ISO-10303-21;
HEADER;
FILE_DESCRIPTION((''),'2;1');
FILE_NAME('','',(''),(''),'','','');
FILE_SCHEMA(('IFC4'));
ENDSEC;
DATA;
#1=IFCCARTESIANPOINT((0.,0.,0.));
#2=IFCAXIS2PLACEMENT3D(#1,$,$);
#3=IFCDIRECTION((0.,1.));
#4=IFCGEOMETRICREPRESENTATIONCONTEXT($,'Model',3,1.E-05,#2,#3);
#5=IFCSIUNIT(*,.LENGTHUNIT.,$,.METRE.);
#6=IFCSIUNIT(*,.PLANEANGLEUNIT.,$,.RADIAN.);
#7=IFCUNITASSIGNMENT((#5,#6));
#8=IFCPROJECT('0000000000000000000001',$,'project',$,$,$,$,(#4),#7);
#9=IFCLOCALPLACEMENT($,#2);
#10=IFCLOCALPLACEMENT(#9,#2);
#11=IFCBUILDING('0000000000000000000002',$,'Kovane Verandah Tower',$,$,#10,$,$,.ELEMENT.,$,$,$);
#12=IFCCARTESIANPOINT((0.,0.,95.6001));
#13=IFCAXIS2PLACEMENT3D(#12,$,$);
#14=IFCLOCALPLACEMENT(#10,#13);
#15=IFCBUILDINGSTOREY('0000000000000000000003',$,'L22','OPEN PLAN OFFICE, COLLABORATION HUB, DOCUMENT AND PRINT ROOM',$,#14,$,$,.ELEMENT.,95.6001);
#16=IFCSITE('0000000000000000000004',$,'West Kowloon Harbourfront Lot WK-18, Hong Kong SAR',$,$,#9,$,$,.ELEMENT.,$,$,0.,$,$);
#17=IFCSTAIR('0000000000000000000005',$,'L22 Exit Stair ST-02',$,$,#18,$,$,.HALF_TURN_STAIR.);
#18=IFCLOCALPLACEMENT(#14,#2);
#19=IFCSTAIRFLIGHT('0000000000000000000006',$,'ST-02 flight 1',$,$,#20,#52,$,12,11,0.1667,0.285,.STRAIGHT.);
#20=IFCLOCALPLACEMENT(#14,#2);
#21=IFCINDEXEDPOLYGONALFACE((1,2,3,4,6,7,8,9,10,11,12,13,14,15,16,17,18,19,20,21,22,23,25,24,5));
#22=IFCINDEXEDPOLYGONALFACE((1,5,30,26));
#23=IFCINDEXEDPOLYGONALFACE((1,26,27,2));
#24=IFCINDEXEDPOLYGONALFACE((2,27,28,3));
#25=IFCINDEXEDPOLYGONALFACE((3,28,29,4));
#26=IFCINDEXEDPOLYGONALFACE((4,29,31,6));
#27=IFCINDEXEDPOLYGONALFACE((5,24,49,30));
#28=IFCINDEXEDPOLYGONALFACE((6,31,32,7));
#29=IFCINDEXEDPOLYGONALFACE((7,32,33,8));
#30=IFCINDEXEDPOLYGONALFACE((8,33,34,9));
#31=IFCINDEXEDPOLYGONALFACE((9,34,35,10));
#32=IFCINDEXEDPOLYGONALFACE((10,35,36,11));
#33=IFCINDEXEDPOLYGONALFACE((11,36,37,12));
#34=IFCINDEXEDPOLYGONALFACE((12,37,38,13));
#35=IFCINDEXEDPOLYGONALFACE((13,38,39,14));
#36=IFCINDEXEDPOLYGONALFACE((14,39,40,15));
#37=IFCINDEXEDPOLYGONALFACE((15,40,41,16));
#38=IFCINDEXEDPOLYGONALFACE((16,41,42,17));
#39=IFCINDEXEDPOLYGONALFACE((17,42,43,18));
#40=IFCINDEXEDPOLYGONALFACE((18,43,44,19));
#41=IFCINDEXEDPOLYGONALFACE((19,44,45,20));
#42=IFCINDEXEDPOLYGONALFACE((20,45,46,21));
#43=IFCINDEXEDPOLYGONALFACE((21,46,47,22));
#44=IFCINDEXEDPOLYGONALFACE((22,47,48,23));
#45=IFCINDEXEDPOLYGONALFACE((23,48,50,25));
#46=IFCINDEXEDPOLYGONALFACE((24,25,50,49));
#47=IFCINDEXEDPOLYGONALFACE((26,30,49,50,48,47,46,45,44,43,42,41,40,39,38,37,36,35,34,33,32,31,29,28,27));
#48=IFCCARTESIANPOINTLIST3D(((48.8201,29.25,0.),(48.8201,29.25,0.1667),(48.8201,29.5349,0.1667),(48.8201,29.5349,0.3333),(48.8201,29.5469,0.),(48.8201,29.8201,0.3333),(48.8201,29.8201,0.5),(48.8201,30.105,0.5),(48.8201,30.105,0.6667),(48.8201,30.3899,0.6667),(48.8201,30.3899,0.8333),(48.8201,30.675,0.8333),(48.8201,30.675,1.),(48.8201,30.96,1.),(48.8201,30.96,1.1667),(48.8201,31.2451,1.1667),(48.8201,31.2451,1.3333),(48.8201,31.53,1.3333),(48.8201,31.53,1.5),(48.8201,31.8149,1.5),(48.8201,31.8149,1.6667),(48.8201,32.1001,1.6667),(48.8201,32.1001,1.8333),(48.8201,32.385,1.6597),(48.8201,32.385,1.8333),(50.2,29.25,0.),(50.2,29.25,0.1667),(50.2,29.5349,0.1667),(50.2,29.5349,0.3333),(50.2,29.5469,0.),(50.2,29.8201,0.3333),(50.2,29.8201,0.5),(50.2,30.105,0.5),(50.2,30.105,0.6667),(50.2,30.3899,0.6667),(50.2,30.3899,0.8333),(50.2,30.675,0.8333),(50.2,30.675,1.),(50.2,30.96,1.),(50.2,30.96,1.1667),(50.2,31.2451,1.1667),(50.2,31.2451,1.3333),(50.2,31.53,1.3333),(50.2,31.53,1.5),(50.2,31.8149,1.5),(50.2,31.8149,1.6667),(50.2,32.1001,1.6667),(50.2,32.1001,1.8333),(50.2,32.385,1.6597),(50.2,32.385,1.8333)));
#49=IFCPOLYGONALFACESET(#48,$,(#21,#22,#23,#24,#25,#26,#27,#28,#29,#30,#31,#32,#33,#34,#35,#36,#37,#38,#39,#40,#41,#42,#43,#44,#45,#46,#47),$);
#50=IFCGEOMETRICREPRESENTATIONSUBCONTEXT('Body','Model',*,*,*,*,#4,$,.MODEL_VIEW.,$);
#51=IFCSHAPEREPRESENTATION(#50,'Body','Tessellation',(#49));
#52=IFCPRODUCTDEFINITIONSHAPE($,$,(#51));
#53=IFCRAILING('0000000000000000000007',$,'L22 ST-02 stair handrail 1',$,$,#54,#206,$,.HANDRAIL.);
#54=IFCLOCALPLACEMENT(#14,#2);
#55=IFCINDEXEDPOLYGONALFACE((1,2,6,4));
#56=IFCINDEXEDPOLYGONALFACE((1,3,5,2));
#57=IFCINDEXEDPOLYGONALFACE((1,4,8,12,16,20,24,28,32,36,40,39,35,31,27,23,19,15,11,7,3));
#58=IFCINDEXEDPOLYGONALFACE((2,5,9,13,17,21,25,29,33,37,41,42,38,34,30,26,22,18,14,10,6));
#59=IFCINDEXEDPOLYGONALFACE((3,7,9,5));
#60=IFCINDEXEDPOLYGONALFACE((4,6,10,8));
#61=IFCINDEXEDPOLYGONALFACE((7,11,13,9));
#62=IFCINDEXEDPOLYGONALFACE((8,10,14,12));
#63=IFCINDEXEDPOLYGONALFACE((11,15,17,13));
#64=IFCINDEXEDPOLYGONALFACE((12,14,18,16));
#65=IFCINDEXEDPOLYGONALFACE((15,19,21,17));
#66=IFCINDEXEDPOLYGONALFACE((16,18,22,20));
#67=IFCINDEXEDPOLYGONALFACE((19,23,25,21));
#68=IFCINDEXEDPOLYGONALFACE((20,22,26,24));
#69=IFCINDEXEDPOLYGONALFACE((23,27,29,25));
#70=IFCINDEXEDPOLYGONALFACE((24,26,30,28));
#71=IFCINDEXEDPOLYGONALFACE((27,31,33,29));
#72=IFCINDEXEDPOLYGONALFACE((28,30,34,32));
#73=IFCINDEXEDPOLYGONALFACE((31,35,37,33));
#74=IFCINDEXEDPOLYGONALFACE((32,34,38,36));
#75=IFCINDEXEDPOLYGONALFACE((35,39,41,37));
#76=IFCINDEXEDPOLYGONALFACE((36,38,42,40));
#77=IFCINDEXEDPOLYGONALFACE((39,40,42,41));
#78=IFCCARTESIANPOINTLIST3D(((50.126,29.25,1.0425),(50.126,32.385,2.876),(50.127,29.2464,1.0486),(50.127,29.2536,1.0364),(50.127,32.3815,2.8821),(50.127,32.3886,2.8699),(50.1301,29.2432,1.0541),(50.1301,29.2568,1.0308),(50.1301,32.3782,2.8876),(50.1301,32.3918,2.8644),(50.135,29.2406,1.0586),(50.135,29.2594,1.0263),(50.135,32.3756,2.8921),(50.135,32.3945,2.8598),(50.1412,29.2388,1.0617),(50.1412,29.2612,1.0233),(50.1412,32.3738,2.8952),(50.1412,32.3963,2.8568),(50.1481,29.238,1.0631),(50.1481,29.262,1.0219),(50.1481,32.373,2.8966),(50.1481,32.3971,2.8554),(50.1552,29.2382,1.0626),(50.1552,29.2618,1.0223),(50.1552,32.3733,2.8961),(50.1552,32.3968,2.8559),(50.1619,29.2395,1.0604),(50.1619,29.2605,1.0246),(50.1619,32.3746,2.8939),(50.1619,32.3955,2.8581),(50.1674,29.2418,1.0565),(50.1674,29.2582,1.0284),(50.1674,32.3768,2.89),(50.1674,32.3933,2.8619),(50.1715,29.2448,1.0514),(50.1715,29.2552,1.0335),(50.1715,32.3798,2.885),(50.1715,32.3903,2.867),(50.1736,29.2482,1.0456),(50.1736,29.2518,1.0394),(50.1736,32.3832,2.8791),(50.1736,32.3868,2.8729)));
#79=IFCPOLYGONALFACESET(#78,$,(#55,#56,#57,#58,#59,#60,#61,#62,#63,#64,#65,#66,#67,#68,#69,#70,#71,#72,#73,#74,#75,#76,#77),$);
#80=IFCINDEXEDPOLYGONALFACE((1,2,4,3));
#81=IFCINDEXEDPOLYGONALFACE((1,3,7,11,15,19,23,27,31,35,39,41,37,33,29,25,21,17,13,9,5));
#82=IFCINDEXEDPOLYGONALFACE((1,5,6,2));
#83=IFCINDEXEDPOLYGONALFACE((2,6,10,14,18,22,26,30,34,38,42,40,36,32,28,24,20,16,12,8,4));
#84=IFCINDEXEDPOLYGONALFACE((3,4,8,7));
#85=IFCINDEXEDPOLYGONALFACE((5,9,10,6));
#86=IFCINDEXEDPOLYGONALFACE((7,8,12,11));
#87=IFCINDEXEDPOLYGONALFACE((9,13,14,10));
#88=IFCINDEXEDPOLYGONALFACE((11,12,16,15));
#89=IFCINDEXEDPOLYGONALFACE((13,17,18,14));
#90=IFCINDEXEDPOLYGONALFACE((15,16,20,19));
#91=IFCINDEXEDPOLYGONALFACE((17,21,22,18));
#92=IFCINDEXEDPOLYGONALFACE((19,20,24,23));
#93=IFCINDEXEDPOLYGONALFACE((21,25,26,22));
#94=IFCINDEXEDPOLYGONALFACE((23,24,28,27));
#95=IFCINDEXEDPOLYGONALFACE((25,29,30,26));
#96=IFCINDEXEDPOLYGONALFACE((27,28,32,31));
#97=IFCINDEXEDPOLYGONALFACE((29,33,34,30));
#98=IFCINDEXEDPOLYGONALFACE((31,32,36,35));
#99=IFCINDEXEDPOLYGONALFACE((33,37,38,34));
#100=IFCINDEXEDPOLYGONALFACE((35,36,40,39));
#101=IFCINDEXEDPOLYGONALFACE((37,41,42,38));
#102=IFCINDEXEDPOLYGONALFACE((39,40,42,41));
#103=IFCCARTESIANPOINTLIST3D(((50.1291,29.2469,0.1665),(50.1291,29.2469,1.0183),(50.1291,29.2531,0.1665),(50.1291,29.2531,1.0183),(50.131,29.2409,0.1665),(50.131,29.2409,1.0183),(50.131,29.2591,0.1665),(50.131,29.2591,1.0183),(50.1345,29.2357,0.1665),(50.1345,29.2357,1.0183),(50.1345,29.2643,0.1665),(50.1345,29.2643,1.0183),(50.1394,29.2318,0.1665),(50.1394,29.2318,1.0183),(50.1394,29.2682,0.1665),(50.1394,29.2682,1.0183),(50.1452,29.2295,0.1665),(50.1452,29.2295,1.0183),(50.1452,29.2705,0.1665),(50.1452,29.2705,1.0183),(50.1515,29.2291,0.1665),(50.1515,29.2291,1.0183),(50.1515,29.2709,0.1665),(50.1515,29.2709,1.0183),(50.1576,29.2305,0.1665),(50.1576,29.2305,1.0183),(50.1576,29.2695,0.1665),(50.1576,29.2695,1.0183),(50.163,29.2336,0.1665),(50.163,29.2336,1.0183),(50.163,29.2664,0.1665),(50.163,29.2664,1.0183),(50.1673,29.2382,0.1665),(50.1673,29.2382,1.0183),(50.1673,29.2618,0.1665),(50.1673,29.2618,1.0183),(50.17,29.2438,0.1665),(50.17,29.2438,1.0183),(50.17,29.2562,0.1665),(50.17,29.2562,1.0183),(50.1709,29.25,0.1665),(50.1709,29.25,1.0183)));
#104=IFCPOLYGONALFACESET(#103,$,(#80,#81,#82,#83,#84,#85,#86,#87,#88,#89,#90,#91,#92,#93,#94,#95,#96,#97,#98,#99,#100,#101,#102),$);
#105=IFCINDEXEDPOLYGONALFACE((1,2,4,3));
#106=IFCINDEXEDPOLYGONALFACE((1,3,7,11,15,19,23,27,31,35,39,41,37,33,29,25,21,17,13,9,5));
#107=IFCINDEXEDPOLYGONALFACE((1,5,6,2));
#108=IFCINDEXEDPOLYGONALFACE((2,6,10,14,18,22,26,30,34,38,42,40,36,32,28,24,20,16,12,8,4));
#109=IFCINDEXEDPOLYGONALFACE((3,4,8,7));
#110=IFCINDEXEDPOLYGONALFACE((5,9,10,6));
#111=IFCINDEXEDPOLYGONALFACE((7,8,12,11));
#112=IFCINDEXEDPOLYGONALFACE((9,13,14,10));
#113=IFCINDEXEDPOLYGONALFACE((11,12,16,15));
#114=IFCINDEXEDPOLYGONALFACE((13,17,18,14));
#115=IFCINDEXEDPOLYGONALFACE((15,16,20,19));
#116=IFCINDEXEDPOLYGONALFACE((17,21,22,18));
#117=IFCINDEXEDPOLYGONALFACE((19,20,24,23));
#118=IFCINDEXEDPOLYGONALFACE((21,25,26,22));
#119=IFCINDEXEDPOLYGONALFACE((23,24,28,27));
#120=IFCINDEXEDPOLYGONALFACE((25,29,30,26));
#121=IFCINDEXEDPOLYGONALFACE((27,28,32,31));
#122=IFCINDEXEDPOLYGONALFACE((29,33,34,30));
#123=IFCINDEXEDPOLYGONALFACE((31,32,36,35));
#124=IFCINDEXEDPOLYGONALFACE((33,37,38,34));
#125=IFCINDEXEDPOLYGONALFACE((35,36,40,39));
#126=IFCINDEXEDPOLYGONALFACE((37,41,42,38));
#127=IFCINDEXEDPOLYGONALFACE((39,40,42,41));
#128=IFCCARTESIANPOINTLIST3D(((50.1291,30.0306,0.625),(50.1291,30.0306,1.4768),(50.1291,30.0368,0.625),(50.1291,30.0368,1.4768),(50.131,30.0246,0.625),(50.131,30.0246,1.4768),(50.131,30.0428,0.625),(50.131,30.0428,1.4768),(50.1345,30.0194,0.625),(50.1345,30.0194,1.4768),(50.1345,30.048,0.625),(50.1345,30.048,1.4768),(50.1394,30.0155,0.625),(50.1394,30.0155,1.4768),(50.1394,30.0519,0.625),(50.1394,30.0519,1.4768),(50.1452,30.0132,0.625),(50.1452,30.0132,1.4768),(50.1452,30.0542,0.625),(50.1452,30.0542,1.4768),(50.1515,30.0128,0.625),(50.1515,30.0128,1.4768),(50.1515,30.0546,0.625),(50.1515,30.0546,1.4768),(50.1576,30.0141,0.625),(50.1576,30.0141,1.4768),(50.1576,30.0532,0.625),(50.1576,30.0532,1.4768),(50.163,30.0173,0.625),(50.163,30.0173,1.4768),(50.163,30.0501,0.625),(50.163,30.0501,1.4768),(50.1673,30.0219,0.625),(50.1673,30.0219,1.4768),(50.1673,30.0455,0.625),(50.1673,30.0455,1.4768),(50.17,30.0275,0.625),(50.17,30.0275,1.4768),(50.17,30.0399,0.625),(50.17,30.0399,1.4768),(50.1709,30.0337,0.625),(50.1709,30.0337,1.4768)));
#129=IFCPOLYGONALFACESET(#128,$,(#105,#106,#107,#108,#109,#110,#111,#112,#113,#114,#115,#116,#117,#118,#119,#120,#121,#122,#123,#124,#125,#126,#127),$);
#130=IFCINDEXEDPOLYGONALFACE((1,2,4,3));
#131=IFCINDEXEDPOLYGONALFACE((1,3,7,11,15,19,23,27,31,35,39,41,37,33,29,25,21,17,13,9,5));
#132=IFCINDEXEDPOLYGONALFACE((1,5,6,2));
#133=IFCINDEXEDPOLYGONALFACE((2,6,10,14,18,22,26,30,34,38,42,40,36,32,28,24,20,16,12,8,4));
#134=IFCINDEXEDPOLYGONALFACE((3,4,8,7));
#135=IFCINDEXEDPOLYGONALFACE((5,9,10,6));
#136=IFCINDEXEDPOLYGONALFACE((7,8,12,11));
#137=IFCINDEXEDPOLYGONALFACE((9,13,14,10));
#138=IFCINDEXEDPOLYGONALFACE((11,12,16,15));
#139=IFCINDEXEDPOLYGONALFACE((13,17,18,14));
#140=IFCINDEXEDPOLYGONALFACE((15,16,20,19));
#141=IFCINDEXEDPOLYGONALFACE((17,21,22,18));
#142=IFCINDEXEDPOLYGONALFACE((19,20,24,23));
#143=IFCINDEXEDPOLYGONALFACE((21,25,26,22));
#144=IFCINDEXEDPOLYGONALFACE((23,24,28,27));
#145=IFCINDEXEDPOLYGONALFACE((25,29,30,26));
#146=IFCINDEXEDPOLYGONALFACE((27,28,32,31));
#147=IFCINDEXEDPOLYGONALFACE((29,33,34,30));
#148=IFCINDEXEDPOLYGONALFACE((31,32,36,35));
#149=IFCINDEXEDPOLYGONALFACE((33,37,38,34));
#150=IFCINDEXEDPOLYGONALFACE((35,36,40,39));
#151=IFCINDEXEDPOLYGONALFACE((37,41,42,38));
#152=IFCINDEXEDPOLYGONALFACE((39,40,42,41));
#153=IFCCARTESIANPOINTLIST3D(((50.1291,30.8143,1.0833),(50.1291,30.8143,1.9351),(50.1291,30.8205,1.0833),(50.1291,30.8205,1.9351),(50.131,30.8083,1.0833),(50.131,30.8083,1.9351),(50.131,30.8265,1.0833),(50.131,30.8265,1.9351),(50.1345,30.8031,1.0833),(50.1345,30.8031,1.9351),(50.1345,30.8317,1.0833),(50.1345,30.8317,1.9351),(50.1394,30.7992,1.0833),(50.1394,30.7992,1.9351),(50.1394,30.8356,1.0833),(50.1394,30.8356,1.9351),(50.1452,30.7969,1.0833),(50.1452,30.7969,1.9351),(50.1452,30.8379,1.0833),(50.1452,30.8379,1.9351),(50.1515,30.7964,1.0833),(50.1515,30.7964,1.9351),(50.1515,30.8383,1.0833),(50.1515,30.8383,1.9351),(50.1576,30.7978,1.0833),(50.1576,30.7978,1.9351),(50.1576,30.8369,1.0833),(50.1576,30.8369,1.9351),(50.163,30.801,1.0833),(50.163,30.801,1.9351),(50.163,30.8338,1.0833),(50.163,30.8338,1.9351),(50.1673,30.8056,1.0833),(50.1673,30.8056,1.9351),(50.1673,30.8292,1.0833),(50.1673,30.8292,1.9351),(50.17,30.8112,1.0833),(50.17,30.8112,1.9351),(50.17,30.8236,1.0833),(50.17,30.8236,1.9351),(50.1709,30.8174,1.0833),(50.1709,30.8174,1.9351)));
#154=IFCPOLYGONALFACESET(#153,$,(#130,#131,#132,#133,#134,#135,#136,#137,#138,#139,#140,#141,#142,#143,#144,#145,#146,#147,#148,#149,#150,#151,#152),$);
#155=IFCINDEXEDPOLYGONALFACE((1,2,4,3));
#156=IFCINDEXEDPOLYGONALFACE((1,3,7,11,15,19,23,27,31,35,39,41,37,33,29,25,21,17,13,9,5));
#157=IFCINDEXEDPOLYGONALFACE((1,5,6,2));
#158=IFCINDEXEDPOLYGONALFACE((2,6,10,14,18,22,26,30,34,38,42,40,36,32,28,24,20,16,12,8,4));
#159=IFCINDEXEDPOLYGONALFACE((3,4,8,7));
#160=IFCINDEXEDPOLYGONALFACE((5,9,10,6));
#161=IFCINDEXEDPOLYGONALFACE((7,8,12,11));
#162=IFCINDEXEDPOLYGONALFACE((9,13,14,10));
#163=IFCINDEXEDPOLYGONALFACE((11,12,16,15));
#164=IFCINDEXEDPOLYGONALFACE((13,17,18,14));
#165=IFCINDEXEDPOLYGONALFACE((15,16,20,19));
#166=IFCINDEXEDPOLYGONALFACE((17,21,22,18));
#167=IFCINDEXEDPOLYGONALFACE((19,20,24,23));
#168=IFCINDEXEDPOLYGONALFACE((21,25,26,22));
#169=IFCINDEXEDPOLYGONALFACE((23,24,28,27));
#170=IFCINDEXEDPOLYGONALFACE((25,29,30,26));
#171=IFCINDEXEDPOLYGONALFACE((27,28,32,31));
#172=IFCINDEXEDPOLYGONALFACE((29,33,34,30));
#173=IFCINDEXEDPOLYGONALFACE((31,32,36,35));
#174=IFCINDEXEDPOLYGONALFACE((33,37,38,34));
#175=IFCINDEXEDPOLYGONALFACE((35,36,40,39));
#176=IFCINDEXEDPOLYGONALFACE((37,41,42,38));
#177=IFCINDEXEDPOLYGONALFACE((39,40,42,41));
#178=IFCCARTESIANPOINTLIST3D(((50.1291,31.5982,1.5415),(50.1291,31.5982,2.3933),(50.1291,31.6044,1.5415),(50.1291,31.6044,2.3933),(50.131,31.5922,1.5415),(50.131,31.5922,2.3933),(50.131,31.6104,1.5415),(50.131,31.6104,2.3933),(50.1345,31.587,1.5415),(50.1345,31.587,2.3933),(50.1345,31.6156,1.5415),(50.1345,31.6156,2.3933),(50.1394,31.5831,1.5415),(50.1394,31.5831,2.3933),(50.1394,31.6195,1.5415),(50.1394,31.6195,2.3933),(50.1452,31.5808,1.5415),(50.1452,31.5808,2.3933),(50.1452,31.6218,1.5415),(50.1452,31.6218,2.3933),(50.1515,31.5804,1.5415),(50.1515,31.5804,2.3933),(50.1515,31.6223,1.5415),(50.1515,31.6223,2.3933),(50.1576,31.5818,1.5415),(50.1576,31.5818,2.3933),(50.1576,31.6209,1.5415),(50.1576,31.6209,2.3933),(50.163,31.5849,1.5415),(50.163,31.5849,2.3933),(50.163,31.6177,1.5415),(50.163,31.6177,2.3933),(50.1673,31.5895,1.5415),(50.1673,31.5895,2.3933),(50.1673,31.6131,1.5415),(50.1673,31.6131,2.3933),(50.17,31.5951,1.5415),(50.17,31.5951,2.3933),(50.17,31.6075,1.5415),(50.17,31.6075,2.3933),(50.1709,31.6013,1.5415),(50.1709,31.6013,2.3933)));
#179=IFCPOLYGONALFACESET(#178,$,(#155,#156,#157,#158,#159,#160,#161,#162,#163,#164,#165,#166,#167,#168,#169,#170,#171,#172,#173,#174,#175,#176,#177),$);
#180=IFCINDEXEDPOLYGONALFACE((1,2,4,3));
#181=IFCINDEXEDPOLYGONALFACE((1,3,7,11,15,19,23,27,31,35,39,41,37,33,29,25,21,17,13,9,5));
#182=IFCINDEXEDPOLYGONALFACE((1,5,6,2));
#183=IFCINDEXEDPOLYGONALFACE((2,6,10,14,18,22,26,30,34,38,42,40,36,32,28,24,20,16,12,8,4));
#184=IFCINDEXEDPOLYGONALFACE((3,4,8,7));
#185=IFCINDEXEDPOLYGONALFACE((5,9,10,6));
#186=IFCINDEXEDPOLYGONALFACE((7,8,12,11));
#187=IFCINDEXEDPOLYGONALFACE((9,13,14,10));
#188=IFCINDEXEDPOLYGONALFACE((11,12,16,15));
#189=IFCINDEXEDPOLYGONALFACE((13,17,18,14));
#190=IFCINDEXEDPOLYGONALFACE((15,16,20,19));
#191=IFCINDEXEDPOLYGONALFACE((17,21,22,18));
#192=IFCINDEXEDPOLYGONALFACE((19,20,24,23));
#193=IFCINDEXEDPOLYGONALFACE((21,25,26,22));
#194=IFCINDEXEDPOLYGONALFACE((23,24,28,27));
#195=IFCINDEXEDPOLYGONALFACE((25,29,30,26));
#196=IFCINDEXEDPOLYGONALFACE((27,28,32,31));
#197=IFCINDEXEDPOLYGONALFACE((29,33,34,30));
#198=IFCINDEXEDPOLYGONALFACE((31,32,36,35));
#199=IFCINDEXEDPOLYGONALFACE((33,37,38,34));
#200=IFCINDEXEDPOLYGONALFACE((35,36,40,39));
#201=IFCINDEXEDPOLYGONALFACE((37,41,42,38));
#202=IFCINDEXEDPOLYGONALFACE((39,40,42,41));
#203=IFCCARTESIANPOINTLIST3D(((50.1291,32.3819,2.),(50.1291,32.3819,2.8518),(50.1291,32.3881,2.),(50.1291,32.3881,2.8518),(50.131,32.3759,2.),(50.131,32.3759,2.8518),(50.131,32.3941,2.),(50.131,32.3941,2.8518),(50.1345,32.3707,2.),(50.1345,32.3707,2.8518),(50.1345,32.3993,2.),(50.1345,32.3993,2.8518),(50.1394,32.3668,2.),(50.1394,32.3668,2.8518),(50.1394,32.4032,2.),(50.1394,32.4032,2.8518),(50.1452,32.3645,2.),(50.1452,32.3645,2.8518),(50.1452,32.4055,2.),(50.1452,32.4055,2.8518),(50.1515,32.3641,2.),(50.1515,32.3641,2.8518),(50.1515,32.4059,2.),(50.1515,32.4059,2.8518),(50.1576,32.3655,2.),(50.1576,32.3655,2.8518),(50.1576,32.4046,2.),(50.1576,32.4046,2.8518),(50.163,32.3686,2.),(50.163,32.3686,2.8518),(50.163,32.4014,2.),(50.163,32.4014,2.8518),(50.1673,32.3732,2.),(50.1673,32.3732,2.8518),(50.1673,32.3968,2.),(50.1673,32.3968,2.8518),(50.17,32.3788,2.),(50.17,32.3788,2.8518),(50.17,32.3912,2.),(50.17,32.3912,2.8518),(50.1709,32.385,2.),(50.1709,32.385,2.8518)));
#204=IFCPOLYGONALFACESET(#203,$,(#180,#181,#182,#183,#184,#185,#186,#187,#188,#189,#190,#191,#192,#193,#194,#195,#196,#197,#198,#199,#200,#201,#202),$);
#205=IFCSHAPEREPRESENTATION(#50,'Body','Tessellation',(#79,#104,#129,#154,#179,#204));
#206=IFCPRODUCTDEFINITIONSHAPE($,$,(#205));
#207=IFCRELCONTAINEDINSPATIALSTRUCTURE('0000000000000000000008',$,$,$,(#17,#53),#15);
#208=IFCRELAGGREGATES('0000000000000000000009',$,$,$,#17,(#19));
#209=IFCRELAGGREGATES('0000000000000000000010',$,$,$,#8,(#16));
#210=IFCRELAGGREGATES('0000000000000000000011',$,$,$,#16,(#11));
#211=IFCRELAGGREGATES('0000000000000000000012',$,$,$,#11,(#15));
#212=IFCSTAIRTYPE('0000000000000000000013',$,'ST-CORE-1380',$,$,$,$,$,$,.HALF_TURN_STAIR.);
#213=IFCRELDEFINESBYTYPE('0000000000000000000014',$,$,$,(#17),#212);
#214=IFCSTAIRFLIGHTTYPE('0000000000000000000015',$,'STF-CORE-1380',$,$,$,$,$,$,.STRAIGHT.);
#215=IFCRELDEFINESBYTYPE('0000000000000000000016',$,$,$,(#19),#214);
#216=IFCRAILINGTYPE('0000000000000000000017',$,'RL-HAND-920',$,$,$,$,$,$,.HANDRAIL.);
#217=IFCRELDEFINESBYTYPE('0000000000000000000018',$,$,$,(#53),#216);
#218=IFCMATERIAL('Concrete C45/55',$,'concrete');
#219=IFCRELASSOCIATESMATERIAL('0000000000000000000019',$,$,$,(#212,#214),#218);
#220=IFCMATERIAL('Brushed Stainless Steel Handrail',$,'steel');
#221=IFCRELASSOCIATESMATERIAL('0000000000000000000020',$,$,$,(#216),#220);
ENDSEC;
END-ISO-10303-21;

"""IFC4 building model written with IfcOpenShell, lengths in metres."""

from ifc_helpers import new_model, si_unit, direction, frame, origin, origin_2d, place, context, subcontext, project, spatial, polyline, circle, outline, extrude, material, type_object, element, aggregate, save


model = new_model("IFC4")

# Units and contexts
model_context = context("Model", 3, precision=1e-05, world=origin(), true_north=direction((0.0, 1.0)))
body_context = subcontext(model_context, "Body", "Model", "MODEL_VIEW")
ifc_project = project(units=[si_unit("LENGTHUNIT", "METRE"), si_unit("PLANEANGLEUNIT", "RADIAN")], contexts=[model_context])

# Site, building, storey
site_placement = place(None, origin())
site = spatial("IfcSite", under=ifc_project, at=site_placement, Name="West Kowloon Harbourfront Lot WK-18, Hong Kong SAR", CompositionType="ELEMENT", RefElevation=0.0)
building_placement = place(site_placement, origin())
building = spatial("IfcBuilding", under=site, at=building_placement, Name="Kovane Verandah Tower", CompositionType="ELEMENT")
storey_placement = place(building_placement, frame((0.0, 0.0, 95.6001)))
storey = spatial("IfcBuildingStorey", under=building, at=storey_placement, Name="L22", Description="OPEN PLAN OFFICE, COLLABORATION HUB, DOCUMENT AND PRINT ROOM", CompositionType="ELEMENT", Elevation=95.6001)

# Shared definitions
ifc_material_1 = material(Name="Concrete C45/55", Category="concrete")

# Stair, stair flight
stair_type = type_object("IfcStairType", Name="ST-CORE-1380", PredefinedType="HALF_TURN_STAIR", material=ifc_material_1)
stair_placement = place(storey_placement, origin())
stair = element("IfcStair", 1, at=stair_placement, inside=storey, type_object=stair_type, Name="L22 Exit Stair ST-02", PredefinedType="HALF_TURN_STAIR")
stair_flight_type = type_object("IfcStairFlightType", Name="STF-CORE-1380", PredefinedType="STRAIGHT", material=ifc_material_1)
stair_flight_placement = place(storey_placement, frame((49.51, 29.25, 0.0), z_axis=(0.0, 0.0, 1.0), x_axis=(0.0, 1.0, 0.0)))
stair_flight = element("IfcStairFlight", 2, at=stair_flight_placement, type_object=stair_flight_type, Name="ST-02 flight 1", NumberOfRisers=12, NumberOfTreads=11, PredefinedType="STRAIGHT", RiserHeight=0.1667, TreadLength=0.285, context=body_context, shape_type="SweptSolid", body=[
    extrude(outline(polyline([(0.0, 0.0), (0.0, 0.1667), (0.2849, 0.1667), (0.2849, 0.3333), (0.5701, 0.3333), (0.5701, 0.5), (0.855, 0.5), (0.855, 0.6667), (1.1399, 0.6667), (1.1399, 0.8333), (1.425, 0.8333), (1.425, 1.0), (1.71, 1.0), (1.71, 1.1667), (1.9951, 1.1667), (1.9951, 1.3333), (2.28, 1.3333), (2.28, 1.5), (2.5649, 1.5), (2.5649, 1.6667), (2.8501, 1.6667), (2.8501, 1.8333), (3.135, 1.8333), (3.135, 2.0), (3.135, 1.6597), (0.2969, 0.0), (0.0, 0.0)])), frame((0.0, 0.6899, 0.0), z_axis=(0.0, -1.0, 0.0), x_axis=(1.0, 0.0, 0.0)), (0.0, 0.0, 1.0), 1.3799),
])
aggregate(stair, [stair_flight])

# Railing
ifc_material_2 = material(Name="Brushed Stainless Steel Handrail", Category="steel")
railing_type_1 = type_object("IfcRailingType", Name="RL-HAND-920", PredefinedType="HANDRAIL", material=ifc_material_2)
railing_1_placement = place(storey_placement, frame((50.1499, 29.25, 0.1665)))
element("IfcRailing", 3, at=railing_1_placement, inside=storey, type_object=railing_type_1, Name="L22 ST-02 stair handrail 1", PredefinedType="HANDRAIL", context=body_context, shape_type="SweptSolid", body=[
    extrude(circle(Radius=0.0239, at=origin_2d()), frame((0.0, 0.0, 0.876), z_axis=(0.0, 0.86321, 0.504845), x_axis=(-1.0, 0.0, 0.0)), (0.0, 0.0, 1.0), 3.6318),
    extrude(circle(Radius=0.021, at=origin_2d()), origin(), (0.0, 0.0, 1.0), 0.8518),
    extrude(circle(Radius=0.021, at=origin_2d()), frame((0.0, 0.7837, 0.4585)), (0.0, 0.0, 1.0), 0.8518),
    extrude(circle(Radius=0.021, at=origin_2d()), frame((0.0, 1.5674, 0.9167)), (0.0, 0.0, 1.0), 0.8518),
    extrude(circle(Radius=0.021, at=origin_2d()), frame((0.0, 2.3513, 1.375)), (0.0, 0.0, 1.0), 0.8518),
    extrude(circle(Radius=0.021, at=origin_2d()), frame((0.0, 3.135, 1.8335)), (0.0, 0.0, 1.0), 0.8518),
])

save(model, "model.ifc")
